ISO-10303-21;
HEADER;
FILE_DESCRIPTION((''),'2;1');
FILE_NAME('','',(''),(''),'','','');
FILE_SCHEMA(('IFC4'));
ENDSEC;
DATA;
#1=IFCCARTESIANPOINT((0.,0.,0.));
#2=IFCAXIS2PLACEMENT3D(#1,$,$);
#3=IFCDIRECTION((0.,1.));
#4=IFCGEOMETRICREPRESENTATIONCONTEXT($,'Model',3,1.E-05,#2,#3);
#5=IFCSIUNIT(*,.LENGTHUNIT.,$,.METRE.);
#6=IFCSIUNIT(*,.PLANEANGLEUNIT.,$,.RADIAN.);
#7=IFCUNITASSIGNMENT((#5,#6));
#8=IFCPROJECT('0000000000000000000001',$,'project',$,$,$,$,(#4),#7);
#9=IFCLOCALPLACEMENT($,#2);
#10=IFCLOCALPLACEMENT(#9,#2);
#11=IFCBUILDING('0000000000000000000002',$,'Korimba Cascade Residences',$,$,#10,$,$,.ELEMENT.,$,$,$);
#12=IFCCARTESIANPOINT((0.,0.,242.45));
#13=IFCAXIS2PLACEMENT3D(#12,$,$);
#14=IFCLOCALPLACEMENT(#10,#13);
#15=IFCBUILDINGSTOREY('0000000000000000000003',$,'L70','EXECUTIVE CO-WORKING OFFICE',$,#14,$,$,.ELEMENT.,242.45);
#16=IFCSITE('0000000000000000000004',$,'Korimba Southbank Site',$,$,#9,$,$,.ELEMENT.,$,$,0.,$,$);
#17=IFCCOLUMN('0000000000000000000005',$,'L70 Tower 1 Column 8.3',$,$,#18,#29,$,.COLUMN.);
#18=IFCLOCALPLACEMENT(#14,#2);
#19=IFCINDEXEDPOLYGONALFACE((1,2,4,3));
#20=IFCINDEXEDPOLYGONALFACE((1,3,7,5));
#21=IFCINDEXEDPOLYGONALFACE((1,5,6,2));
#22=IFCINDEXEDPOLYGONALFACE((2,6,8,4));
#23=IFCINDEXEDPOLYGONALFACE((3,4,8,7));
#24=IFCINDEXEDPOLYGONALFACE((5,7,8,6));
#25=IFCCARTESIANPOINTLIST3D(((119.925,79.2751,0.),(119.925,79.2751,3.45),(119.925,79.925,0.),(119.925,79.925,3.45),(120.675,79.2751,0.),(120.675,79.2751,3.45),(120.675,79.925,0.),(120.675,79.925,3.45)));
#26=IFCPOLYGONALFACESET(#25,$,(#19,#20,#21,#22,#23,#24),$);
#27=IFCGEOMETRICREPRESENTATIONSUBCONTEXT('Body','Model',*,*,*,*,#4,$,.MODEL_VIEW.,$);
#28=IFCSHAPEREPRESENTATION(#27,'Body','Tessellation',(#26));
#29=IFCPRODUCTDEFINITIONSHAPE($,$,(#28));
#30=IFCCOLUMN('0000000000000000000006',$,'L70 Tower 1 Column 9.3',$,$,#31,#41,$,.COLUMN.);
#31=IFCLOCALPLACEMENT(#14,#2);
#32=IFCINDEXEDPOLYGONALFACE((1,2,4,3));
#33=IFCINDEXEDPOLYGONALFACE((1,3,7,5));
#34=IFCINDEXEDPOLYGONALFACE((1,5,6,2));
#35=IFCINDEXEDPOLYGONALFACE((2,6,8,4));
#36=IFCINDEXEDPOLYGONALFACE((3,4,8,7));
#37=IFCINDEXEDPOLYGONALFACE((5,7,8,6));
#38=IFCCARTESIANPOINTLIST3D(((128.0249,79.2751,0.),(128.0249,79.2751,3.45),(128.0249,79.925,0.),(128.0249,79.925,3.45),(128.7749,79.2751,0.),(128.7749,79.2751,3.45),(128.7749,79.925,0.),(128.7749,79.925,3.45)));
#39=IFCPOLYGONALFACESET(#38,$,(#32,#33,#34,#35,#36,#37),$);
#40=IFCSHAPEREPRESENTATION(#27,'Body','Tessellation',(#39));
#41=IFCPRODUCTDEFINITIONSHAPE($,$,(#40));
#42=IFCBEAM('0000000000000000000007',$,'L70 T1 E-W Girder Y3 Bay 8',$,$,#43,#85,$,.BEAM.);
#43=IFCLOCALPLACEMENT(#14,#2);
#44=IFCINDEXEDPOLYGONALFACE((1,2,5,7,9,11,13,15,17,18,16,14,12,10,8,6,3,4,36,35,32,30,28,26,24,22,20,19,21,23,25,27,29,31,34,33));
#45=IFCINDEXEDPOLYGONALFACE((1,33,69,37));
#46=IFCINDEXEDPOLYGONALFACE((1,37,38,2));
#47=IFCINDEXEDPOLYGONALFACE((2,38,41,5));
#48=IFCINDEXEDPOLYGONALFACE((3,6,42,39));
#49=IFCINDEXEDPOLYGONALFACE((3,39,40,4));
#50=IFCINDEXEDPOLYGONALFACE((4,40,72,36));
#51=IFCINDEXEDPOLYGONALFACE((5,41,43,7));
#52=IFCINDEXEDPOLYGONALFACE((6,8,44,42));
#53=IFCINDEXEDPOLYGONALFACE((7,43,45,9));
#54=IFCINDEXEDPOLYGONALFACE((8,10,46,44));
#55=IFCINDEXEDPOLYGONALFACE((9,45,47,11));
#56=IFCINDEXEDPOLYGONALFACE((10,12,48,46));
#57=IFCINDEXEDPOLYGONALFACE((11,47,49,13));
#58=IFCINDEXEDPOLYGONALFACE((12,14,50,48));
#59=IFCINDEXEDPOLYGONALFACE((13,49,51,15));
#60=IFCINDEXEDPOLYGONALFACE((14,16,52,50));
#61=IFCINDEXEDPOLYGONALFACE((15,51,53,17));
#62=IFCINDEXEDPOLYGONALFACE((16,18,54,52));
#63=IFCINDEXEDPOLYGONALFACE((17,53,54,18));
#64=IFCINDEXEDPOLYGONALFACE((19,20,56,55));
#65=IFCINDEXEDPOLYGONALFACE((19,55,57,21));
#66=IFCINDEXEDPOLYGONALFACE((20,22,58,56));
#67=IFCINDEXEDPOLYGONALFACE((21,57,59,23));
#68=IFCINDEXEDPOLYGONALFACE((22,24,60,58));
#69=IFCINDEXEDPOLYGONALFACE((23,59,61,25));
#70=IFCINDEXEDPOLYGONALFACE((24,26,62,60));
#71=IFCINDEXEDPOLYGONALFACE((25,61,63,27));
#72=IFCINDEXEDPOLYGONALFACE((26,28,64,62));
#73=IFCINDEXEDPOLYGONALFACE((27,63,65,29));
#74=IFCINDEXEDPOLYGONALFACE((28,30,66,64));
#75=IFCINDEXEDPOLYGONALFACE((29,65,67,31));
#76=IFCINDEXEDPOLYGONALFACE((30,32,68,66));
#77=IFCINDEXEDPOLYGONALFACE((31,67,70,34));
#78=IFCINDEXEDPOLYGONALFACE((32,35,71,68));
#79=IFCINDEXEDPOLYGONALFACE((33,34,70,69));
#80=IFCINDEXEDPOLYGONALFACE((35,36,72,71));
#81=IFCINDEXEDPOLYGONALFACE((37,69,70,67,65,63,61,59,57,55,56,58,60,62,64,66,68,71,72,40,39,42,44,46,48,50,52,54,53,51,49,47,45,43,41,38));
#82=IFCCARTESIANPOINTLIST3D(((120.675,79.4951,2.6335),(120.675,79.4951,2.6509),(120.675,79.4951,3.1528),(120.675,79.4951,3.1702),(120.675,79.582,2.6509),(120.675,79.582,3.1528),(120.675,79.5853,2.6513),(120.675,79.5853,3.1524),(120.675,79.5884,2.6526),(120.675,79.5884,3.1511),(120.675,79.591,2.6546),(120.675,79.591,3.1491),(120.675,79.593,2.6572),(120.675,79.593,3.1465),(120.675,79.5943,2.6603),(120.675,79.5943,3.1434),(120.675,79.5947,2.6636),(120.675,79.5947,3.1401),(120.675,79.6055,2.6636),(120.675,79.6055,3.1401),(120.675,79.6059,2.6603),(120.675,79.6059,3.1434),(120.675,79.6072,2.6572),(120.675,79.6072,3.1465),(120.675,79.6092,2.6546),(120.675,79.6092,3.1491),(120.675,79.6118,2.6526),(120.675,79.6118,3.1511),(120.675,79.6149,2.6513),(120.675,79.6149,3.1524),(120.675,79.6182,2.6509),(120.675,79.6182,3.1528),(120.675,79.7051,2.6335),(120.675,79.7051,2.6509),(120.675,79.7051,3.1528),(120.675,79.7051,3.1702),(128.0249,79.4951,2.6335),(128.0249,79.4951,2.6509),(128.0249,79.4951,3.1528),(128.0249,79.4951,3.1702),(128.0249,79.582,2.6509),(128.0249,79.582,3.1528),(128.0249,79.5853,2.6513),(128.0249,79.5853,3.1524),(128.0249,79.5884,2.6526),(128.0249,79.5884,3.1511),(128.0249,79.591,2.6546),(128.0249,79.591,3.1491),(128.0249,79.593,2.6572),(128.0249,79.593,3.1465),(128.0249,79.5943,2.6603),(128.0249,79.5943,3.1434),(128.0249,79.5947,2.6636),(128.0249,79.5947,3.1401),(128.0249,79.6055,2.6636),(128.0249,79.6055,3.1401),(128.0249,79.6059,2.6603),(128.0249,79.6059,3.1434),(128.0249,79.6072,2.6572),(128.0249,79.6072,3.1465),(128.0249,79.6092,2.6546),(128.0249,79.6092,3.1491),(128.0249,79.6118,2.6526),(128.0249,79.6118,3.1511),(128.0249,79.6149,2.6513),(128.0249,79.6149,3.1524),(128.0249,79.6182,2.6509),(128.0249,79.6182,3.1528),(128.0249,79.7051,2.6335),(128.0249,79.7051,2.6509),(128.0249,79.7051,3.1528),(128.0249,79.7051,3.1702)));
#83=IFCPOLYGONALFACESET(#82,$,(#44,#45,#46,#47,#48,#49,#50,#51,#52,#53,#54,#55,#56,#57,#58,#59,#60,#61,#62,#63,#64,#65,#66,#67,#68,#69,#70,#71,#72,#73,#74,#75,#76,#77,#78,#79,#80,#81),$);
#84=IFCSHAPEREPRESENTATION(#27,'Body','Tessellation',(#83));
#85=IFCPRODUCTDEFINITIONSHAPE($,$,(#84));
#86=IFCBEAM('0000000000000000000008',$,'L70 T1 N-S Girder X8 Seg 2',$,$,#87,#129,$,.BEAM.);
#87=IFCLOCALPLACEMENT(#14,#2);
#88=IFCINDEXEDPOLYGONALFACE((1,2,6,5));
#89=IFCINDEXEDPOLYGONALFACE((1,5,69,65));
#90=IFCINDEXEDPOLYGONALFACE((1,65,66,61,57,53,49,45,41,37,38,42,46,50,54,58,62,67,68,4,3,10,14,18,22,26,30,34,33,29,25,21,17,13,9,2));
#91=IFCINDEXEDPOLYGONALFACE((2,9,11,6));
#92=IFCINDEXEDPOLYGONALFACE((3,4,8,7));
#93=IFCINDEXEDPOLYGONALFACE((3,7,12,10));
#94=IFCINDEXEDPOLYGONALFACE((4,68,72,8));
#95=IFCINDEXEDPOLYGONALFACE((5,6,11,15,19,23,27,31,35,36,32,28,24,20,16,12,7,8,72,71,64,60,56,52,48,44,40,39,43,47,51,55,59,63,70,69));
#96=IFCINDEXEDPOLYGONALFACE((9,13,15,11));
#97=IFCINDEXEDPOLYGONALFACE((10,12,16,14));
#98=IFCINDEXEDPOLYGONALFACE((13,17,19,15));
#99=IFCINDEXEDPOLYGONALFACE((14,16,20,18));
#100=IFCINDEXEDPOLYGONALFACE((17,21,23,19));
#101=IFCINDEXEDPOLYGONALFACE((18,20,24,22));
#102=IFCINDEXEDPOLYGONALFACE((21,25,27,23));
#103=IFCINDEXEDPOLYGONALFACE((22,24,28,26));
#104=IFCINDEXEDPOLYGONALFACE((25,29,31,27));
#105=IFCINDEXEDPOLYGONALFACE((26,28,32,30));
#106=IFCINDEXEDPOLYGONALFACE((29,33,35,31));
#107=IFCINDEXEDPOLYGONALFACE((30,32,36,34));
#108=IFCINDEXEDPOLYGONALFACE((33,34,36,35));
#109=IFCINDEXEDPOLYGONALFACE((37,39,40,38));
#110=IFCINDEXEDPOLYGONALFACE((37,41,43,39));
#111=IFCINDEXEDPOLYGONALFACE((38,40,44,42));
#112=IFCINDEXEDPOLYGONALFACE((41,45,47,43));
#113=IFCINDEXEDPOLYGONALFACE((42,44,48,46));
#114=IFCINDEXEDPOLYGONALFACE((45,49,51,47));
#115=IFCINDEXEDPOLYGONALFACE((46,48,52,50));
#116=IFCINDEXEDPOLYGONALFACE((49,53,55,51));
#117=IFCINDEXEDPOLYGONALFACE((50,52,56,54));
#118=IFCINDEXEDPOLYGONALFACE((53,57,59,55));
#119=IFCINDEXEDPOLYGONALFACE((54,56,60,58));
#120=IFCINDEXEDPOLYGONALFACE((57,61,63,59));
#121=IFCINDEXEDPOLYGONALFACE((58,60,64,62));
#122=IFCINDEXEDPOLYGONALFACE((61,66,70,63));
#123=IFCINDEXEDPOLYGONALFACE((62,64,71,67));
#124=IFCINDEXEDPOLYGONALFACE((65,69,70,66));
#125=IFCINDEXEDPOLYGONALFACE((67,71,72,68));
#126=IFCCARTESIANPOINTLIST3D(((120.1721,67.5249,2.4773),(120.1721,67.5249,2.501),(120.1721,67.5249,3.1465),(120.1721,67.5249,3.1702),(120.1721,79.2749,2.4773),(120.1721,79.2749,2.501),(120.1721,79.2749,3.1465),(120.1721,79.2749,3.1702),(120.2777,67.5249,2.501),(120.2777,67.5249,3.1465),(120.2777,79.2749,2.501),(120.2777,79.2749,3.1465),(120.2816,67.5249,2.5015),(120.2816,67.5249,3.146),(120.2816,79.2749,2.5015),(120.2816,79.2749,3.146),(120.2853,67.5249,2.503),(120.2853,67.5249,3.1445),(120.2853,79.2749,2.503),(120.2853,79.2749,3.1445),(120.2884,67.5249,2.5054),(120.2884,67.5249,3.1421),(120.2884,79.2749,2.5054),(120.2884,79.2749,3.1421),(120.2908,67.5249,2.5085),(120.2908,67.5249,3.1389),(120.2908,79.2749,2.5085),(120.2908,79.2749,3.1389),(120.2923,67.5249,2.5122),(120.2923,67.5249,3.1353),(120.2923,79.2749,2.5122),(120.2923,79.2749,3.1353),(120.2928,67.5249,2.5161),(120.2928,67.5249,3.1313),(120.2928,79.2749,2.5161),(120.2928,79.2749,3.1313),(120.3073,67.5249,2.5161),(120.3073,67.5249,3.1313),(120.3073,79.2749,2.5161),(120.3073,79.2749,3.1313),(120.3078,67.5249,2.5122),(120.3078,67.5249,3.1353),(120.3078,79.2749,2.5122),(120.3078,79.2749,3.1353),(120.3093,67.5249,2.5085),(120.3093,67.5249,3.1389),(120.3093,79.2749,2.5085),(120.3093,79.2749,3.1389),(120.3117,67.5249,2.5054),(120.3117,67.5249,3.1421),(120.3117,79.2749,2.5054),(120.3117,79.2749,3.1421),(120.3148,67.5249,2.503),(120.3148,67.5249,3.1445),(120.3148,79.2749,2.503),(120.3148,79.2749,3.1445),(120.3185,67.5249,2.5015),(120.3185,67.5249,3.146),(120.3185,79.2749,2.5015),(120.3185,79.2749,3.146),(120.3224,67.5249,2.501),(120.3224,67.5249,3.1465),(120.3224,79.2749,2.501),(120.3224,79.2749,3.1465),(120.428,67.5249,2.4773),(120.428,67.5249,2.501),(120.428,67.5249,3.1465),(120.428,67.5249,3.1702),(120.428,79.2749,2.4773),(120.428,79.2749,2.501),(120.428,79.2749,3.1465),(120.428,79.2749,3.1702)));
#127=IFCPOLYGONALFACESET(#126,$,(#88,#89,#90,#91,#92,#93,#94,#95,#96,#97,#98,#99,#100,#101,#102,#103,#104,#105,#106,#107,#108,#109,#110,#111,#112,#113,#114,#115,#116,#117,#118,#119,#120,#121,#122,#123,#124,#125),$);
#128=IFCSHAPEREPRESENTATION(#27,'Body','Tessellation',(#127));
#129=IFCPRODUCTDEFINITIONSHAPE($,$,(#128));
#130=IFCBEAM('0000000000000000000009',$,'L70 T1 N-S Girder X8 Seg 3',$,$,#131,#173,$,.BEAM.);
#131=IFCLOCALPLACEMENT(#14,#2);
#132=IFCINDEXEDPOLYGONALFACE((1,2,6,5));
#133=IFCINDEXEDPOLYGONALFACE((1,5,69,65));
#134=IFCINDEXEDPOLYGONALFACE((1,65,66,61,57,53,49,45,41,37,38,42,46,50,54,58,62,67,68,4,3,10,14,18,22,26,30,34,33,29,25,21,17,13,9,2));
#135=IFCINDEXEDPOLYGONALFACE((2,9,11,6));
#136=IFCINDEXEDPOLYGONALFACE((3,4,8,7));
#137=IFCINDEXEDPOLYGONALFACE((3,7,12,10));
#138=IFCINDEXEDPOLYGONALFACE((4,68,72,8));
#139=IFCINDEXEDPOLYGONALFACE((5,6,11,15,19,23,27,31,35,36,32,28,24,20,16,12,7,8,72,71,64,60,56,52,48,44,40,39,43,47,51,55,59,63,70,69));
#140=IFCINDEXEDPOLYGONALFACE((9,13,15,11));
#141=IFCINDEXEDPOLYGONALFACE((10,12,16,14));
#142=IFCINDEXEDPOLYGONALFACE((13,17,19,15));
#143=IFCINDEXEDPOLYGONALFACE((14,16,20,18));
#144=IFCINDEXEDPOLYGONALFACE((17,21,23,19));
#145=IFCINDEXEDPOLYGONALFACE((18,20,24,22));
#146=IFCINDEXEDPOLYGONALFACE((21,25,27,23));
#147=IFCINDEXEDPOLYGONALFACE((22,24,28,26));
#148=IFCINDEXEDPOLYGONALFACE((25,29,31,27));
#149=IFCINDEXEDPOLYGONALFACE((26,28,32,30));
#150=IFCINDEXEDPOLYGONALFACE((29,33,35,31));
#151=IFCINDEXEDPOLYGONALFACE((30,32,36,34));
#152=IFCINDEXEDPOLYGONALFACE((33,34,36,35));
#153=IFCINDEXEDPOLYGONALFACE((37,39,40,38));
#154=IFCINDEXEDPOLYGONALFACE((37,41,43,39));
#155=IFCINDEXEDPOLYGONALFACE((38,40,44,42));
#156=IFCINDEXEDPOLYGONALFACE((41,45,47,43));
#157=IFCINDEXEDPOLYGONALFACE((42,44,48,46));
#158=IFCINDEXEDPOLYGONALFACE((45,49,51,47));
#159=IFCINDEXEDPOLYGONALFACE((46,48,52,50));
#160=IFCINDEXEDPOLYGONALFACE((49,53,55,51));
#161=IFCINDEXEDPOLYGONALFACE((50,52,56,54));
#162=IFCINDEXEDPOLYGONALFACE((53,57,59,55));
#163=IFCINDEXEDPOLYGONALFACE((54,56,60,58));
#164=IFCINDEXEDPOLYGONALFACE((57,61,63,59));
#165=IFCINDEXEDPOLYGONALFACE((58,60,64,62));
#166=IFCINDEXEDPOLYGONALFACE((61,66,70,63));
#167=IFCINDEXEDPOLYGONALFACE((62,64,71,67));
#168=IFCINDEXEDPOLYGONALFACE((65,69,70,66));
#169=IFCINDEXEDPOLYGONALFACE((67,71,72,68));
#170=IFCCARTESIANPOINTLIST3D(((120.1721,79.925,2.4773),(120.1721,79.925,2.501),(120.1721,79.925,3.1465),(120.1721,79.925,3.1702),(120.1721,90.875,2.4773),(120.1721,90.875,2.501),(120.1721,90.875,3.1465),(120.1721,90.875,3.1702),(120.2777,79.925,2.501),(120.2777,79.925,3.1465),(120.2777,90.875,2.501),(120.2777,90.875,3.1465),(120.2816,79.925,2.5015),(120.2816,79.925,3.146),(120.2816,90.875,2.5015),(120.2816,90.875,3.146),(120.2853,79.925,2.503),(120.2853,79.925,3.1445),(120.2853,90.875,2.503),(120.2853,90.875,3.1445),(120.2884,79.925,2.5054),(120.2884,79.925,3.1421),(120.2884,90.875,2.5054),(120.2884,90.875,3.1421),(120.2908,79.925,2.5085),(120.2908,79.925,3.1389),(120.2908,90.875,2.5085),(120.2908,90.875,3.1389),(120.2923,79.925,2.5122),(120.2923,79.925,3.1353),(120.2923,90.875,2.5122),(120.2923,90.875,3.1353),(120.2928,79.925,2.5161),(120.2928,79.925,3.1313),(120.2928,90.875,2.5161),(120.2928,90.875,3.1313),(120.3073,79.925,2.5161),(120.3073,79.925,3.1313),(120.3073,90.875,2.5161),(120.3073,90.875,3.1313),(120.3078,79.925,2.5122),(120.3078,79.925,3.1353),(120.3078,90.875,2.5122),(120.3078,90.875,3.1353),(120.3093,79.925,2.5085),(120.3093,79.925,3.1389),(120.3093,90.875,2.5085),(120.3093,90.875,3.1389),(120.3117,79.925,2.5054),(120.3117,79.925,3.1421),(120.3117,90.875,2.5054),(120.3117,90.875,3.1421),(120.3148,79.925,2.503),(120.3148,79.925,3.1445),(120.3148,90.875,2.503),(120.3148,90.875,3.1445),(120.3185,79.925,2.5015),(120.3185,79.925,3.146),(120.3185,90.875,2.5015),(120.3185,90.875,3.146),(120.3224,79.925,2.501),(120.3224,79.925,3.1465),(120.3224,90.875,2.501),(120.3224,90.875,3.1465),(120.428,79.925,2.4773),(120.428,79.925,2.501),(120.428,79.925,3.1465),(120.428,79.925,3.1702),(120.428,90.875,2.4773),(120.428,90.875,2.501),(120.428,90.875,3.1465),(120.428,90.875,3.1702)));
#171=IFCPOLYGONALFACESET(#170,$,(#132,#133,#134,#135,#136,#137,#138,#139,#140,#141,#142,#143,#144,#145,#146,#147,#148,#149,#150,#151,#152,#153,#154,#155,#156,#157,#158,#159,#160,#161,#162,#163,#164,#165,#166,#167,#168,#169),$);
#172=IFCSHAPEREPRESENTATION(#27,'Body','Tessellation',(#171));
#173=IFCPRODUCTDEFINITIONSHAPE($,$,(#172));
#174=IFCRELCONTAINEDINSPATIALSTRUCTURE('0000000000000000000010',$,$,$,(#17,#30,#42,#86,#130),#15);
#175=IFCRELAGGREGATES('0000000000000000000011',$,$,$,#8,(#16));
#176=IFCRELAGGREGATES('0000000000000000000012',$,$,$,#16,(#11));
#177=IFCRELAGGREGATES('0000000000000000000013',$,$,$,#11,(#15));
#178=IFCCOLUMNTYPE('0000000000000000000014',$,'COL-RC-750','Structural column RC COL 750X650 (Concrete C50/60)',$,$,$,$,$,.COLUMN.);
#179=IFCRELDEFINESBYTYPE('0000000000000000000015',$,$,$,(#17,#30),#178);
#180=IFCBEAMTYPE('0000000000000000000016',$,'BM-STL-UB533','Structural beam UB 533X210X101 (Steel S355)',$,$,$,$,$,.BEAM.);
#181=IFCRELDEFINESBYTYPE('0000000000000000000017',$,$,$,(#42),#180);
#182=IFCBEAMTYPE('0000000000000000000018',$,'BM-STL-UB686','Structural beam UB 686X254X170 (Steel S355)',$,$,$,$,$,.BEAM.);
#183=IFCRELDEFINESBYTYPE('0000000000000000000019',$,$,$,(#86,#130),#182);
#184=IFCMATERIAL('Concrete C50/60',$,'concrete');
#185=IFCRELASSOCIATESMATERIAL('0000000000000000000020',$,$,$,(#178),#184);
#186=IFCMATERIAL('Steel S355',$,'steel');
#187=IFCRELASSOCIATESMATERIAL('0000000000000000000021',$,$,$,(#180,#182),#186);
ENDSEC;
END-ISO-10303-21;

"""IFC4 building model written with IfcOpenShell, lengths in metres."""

from ifc_helpers import new_model, si_unit, direction, frame, origin, origin_2d, place, context, subcontext, project, spatial, rectangle, i_section, extrude, material, material_profile, profile_set, type_object, element, save


model = new_model("IFC4")

# Units and contexts
model_context = context("Model", 3, precision=1e-05, world=origin(), true_north=direction((0.0, 1.0)))
body_context = subcontext(model_context, "Body", "Model", "MODEL_VIEW")
ifc_project = project(units=[si_unit("LENGTHUNIT", "METRE"), si_unit("PLANEANGLEUNIT", "RADIAN")], contexts=[model_context])

# Site, building, storey
site_placement = place(None, origin())
site = spatial("IfcSite", under=ifc_project, at=site_placement, Name="Korimba Southbank Site", CompositionType="ELEMENT", RefElevation=0.0)
building_placement = place(site_placement, origin())
building = spatial("IfcBuilding", under=site, at=building_placement, Name="Korimba Cascade Residences", CompositionType="ELEMENT")
storey_placement = place(building_placement, frame((0.0, 0.0, 242.45)))
storey = spatial("IfcBuildingStorey", under=building, at=storey_placement, Name="L70", Description="EXECUTIVE CO-WORKING OFFICE", CompositionType="ELEMENT", Elevation=242.45)

# Columns
ifc_material_1 = material(Name="Concrete C50/60", Category="concrete")
ifc_material_profile_1 = material_profile(ifc_material_1, rectangle(XDim=0.75, YDim=0.6499, at=origin_2d()), Name="Concrete C50/60")
ifc_profile_set_1 = profile_set([ifc_material_profile_1], Name="Concrete C50/60")
column_type = type_object("IfcColumnType", Name="COL-RC-750", Description="Structural column RC COL 750X650 (Concrete C50/60)", PredefinedType="COLUMN", material=ifc_profile_set_1)
for number, where, z_axis, x_axis, name in (
    (1, (120.3, 79.6001, 0.0), (0.0, 0.0, 1.0), (1.0, 0.0, 0.0), "L70 Tower 1 Column 8.3"),
    (2, (128.3999, 79.6001, 0.0), (0.0, 0.0, 1.0), (1.0, 0.0, 0.0), "L70 Tower 1 Column 9.3"),
):
    element("IfcColumn", number, at=place(storey_placement, frame(where, z_axis=z_axis, x_axis=x_axis)), inside=storey, type_object=column_type, Name=name, PredefinedType="COLUMN", context=body_context, shape_type="SweptSolid", body=[
        extrude(rectangle(XDim=0.75, YDim=0.6499, at=origin_2d()), origin(), (0.0, 0.0, 1.0), 3.45),
    ])

# Beams
ifc_material_2 = material(Name="Steel S355", Category="steel")
ifc_material_profile_2 = material_profile(ifc_material_2, i_section(OverallWidth=0.21, OverallDepth=0.5366, WebThickness=0.0107, FlangeThickness=0.0173, FilletRadius=0.0127, at=origin_2d()), Name="Steel S355")
ifc_profile_set_2 = profile_set([ifc_material_profile_2], Name="Steel S355")
beam_type_1 = type_object("IfcBeamType", Name="BM-STL-UB533", Description="Structural beam UB 533X210X101 (Steel S355)", PredefinedType="BEAM", material=ifc_profile_set_2)
beam_1_placement = place(storey_placement, frame((120.675, 79.6001, 2.9019), z_axis=(1.0, 0.0, 0.0), x_axis=(0.0, 1.0, 0.0)))
element("IfcBeam", 3, at=beam_1_placement, inside=storey, type_object=beam_type_1, Name="L70 T1 E-W Girder Y3 Bay 8", PredefinedType="BEAM", context=body_context, shape_type="SweptSolid", body=[
    extrude(i_section(OverallWidth=0.21, OverallDepth=0.5366, WebThickness=0.0107, FlangeThickness=0.0173, FilletRadius=0.0127, at=origin_2d()), origin(), (0.0, 0.0, 1.0), 7.3499),
])
ifc_material_profile_3 = material_profile(ifc_material_2, i_section(OverallWidth=0.2559, OverallDepth=0.6929, WebThickness=0.0144, FlangeThickness=0.0237, FilletRadius=0.0151, at=origin_2d()), Name="Steel S355")
ifc_profile_set_3 = profile_set([ifc_material_profile_3], Name="Steel S355")
beam_type_2 = type_object("IfcBeamType", Name="BM-STL-UB686", Description="Structural beam UB 686X254X170 (Steel S355)", PredefinedType="BEAM", material=ifc_profile_set_3)
beam_2_placement = place(storey_placement, frame((120.3, 67.5249, 2.8237), z_axis=(0.0, 1.0, 0.0), x_axis=(-1.0, 0.0, 0.0)))
element("IfcBeam", 4, at=beam_2_placement, inside=storey, type_object=beam_type_2, Name="L70 T1 N-S Girder X8 Seg 2", PredefinedType="BEAM", context=body_context, shape_type="SweptSolid", body=[
    extrude(i_section(OverallWidth=0.2559, OverallDepth=0.6929, WebThickness=0.0144, FlangeThickness=0.0237, FilletRadius=0.0151, at=origin_2d()), origin(), (0.0, 0.0, 1.0), 11.75),
])
beam_3_placement = place(storey_placement, frame((120.3, 79.925, 2.8237), z_axis=(0.0, 1.0, 0.0), x_axis=(-1.0, 0.0, 0.0)))
element("IfcBeam", 5, at=beam_3_placement, inside=storey, type_object=beam_type_2, Name="L70 T1 N-S Girder X8 Seg 3", PredefinedType="BEAM", context=body_context, shape_type="SweptSolid", body=[
    extrude(i_section(OverallWidth=0.2559, OverallDepth=0.6929, WebThickness=0.0144, FlangeThickness=0.0237, FilletRadius=0.0151, at=origin_2d()), origin(), (0.0, 0.0, 1.0), 10.95),
])

save(model, "model.ifc")
